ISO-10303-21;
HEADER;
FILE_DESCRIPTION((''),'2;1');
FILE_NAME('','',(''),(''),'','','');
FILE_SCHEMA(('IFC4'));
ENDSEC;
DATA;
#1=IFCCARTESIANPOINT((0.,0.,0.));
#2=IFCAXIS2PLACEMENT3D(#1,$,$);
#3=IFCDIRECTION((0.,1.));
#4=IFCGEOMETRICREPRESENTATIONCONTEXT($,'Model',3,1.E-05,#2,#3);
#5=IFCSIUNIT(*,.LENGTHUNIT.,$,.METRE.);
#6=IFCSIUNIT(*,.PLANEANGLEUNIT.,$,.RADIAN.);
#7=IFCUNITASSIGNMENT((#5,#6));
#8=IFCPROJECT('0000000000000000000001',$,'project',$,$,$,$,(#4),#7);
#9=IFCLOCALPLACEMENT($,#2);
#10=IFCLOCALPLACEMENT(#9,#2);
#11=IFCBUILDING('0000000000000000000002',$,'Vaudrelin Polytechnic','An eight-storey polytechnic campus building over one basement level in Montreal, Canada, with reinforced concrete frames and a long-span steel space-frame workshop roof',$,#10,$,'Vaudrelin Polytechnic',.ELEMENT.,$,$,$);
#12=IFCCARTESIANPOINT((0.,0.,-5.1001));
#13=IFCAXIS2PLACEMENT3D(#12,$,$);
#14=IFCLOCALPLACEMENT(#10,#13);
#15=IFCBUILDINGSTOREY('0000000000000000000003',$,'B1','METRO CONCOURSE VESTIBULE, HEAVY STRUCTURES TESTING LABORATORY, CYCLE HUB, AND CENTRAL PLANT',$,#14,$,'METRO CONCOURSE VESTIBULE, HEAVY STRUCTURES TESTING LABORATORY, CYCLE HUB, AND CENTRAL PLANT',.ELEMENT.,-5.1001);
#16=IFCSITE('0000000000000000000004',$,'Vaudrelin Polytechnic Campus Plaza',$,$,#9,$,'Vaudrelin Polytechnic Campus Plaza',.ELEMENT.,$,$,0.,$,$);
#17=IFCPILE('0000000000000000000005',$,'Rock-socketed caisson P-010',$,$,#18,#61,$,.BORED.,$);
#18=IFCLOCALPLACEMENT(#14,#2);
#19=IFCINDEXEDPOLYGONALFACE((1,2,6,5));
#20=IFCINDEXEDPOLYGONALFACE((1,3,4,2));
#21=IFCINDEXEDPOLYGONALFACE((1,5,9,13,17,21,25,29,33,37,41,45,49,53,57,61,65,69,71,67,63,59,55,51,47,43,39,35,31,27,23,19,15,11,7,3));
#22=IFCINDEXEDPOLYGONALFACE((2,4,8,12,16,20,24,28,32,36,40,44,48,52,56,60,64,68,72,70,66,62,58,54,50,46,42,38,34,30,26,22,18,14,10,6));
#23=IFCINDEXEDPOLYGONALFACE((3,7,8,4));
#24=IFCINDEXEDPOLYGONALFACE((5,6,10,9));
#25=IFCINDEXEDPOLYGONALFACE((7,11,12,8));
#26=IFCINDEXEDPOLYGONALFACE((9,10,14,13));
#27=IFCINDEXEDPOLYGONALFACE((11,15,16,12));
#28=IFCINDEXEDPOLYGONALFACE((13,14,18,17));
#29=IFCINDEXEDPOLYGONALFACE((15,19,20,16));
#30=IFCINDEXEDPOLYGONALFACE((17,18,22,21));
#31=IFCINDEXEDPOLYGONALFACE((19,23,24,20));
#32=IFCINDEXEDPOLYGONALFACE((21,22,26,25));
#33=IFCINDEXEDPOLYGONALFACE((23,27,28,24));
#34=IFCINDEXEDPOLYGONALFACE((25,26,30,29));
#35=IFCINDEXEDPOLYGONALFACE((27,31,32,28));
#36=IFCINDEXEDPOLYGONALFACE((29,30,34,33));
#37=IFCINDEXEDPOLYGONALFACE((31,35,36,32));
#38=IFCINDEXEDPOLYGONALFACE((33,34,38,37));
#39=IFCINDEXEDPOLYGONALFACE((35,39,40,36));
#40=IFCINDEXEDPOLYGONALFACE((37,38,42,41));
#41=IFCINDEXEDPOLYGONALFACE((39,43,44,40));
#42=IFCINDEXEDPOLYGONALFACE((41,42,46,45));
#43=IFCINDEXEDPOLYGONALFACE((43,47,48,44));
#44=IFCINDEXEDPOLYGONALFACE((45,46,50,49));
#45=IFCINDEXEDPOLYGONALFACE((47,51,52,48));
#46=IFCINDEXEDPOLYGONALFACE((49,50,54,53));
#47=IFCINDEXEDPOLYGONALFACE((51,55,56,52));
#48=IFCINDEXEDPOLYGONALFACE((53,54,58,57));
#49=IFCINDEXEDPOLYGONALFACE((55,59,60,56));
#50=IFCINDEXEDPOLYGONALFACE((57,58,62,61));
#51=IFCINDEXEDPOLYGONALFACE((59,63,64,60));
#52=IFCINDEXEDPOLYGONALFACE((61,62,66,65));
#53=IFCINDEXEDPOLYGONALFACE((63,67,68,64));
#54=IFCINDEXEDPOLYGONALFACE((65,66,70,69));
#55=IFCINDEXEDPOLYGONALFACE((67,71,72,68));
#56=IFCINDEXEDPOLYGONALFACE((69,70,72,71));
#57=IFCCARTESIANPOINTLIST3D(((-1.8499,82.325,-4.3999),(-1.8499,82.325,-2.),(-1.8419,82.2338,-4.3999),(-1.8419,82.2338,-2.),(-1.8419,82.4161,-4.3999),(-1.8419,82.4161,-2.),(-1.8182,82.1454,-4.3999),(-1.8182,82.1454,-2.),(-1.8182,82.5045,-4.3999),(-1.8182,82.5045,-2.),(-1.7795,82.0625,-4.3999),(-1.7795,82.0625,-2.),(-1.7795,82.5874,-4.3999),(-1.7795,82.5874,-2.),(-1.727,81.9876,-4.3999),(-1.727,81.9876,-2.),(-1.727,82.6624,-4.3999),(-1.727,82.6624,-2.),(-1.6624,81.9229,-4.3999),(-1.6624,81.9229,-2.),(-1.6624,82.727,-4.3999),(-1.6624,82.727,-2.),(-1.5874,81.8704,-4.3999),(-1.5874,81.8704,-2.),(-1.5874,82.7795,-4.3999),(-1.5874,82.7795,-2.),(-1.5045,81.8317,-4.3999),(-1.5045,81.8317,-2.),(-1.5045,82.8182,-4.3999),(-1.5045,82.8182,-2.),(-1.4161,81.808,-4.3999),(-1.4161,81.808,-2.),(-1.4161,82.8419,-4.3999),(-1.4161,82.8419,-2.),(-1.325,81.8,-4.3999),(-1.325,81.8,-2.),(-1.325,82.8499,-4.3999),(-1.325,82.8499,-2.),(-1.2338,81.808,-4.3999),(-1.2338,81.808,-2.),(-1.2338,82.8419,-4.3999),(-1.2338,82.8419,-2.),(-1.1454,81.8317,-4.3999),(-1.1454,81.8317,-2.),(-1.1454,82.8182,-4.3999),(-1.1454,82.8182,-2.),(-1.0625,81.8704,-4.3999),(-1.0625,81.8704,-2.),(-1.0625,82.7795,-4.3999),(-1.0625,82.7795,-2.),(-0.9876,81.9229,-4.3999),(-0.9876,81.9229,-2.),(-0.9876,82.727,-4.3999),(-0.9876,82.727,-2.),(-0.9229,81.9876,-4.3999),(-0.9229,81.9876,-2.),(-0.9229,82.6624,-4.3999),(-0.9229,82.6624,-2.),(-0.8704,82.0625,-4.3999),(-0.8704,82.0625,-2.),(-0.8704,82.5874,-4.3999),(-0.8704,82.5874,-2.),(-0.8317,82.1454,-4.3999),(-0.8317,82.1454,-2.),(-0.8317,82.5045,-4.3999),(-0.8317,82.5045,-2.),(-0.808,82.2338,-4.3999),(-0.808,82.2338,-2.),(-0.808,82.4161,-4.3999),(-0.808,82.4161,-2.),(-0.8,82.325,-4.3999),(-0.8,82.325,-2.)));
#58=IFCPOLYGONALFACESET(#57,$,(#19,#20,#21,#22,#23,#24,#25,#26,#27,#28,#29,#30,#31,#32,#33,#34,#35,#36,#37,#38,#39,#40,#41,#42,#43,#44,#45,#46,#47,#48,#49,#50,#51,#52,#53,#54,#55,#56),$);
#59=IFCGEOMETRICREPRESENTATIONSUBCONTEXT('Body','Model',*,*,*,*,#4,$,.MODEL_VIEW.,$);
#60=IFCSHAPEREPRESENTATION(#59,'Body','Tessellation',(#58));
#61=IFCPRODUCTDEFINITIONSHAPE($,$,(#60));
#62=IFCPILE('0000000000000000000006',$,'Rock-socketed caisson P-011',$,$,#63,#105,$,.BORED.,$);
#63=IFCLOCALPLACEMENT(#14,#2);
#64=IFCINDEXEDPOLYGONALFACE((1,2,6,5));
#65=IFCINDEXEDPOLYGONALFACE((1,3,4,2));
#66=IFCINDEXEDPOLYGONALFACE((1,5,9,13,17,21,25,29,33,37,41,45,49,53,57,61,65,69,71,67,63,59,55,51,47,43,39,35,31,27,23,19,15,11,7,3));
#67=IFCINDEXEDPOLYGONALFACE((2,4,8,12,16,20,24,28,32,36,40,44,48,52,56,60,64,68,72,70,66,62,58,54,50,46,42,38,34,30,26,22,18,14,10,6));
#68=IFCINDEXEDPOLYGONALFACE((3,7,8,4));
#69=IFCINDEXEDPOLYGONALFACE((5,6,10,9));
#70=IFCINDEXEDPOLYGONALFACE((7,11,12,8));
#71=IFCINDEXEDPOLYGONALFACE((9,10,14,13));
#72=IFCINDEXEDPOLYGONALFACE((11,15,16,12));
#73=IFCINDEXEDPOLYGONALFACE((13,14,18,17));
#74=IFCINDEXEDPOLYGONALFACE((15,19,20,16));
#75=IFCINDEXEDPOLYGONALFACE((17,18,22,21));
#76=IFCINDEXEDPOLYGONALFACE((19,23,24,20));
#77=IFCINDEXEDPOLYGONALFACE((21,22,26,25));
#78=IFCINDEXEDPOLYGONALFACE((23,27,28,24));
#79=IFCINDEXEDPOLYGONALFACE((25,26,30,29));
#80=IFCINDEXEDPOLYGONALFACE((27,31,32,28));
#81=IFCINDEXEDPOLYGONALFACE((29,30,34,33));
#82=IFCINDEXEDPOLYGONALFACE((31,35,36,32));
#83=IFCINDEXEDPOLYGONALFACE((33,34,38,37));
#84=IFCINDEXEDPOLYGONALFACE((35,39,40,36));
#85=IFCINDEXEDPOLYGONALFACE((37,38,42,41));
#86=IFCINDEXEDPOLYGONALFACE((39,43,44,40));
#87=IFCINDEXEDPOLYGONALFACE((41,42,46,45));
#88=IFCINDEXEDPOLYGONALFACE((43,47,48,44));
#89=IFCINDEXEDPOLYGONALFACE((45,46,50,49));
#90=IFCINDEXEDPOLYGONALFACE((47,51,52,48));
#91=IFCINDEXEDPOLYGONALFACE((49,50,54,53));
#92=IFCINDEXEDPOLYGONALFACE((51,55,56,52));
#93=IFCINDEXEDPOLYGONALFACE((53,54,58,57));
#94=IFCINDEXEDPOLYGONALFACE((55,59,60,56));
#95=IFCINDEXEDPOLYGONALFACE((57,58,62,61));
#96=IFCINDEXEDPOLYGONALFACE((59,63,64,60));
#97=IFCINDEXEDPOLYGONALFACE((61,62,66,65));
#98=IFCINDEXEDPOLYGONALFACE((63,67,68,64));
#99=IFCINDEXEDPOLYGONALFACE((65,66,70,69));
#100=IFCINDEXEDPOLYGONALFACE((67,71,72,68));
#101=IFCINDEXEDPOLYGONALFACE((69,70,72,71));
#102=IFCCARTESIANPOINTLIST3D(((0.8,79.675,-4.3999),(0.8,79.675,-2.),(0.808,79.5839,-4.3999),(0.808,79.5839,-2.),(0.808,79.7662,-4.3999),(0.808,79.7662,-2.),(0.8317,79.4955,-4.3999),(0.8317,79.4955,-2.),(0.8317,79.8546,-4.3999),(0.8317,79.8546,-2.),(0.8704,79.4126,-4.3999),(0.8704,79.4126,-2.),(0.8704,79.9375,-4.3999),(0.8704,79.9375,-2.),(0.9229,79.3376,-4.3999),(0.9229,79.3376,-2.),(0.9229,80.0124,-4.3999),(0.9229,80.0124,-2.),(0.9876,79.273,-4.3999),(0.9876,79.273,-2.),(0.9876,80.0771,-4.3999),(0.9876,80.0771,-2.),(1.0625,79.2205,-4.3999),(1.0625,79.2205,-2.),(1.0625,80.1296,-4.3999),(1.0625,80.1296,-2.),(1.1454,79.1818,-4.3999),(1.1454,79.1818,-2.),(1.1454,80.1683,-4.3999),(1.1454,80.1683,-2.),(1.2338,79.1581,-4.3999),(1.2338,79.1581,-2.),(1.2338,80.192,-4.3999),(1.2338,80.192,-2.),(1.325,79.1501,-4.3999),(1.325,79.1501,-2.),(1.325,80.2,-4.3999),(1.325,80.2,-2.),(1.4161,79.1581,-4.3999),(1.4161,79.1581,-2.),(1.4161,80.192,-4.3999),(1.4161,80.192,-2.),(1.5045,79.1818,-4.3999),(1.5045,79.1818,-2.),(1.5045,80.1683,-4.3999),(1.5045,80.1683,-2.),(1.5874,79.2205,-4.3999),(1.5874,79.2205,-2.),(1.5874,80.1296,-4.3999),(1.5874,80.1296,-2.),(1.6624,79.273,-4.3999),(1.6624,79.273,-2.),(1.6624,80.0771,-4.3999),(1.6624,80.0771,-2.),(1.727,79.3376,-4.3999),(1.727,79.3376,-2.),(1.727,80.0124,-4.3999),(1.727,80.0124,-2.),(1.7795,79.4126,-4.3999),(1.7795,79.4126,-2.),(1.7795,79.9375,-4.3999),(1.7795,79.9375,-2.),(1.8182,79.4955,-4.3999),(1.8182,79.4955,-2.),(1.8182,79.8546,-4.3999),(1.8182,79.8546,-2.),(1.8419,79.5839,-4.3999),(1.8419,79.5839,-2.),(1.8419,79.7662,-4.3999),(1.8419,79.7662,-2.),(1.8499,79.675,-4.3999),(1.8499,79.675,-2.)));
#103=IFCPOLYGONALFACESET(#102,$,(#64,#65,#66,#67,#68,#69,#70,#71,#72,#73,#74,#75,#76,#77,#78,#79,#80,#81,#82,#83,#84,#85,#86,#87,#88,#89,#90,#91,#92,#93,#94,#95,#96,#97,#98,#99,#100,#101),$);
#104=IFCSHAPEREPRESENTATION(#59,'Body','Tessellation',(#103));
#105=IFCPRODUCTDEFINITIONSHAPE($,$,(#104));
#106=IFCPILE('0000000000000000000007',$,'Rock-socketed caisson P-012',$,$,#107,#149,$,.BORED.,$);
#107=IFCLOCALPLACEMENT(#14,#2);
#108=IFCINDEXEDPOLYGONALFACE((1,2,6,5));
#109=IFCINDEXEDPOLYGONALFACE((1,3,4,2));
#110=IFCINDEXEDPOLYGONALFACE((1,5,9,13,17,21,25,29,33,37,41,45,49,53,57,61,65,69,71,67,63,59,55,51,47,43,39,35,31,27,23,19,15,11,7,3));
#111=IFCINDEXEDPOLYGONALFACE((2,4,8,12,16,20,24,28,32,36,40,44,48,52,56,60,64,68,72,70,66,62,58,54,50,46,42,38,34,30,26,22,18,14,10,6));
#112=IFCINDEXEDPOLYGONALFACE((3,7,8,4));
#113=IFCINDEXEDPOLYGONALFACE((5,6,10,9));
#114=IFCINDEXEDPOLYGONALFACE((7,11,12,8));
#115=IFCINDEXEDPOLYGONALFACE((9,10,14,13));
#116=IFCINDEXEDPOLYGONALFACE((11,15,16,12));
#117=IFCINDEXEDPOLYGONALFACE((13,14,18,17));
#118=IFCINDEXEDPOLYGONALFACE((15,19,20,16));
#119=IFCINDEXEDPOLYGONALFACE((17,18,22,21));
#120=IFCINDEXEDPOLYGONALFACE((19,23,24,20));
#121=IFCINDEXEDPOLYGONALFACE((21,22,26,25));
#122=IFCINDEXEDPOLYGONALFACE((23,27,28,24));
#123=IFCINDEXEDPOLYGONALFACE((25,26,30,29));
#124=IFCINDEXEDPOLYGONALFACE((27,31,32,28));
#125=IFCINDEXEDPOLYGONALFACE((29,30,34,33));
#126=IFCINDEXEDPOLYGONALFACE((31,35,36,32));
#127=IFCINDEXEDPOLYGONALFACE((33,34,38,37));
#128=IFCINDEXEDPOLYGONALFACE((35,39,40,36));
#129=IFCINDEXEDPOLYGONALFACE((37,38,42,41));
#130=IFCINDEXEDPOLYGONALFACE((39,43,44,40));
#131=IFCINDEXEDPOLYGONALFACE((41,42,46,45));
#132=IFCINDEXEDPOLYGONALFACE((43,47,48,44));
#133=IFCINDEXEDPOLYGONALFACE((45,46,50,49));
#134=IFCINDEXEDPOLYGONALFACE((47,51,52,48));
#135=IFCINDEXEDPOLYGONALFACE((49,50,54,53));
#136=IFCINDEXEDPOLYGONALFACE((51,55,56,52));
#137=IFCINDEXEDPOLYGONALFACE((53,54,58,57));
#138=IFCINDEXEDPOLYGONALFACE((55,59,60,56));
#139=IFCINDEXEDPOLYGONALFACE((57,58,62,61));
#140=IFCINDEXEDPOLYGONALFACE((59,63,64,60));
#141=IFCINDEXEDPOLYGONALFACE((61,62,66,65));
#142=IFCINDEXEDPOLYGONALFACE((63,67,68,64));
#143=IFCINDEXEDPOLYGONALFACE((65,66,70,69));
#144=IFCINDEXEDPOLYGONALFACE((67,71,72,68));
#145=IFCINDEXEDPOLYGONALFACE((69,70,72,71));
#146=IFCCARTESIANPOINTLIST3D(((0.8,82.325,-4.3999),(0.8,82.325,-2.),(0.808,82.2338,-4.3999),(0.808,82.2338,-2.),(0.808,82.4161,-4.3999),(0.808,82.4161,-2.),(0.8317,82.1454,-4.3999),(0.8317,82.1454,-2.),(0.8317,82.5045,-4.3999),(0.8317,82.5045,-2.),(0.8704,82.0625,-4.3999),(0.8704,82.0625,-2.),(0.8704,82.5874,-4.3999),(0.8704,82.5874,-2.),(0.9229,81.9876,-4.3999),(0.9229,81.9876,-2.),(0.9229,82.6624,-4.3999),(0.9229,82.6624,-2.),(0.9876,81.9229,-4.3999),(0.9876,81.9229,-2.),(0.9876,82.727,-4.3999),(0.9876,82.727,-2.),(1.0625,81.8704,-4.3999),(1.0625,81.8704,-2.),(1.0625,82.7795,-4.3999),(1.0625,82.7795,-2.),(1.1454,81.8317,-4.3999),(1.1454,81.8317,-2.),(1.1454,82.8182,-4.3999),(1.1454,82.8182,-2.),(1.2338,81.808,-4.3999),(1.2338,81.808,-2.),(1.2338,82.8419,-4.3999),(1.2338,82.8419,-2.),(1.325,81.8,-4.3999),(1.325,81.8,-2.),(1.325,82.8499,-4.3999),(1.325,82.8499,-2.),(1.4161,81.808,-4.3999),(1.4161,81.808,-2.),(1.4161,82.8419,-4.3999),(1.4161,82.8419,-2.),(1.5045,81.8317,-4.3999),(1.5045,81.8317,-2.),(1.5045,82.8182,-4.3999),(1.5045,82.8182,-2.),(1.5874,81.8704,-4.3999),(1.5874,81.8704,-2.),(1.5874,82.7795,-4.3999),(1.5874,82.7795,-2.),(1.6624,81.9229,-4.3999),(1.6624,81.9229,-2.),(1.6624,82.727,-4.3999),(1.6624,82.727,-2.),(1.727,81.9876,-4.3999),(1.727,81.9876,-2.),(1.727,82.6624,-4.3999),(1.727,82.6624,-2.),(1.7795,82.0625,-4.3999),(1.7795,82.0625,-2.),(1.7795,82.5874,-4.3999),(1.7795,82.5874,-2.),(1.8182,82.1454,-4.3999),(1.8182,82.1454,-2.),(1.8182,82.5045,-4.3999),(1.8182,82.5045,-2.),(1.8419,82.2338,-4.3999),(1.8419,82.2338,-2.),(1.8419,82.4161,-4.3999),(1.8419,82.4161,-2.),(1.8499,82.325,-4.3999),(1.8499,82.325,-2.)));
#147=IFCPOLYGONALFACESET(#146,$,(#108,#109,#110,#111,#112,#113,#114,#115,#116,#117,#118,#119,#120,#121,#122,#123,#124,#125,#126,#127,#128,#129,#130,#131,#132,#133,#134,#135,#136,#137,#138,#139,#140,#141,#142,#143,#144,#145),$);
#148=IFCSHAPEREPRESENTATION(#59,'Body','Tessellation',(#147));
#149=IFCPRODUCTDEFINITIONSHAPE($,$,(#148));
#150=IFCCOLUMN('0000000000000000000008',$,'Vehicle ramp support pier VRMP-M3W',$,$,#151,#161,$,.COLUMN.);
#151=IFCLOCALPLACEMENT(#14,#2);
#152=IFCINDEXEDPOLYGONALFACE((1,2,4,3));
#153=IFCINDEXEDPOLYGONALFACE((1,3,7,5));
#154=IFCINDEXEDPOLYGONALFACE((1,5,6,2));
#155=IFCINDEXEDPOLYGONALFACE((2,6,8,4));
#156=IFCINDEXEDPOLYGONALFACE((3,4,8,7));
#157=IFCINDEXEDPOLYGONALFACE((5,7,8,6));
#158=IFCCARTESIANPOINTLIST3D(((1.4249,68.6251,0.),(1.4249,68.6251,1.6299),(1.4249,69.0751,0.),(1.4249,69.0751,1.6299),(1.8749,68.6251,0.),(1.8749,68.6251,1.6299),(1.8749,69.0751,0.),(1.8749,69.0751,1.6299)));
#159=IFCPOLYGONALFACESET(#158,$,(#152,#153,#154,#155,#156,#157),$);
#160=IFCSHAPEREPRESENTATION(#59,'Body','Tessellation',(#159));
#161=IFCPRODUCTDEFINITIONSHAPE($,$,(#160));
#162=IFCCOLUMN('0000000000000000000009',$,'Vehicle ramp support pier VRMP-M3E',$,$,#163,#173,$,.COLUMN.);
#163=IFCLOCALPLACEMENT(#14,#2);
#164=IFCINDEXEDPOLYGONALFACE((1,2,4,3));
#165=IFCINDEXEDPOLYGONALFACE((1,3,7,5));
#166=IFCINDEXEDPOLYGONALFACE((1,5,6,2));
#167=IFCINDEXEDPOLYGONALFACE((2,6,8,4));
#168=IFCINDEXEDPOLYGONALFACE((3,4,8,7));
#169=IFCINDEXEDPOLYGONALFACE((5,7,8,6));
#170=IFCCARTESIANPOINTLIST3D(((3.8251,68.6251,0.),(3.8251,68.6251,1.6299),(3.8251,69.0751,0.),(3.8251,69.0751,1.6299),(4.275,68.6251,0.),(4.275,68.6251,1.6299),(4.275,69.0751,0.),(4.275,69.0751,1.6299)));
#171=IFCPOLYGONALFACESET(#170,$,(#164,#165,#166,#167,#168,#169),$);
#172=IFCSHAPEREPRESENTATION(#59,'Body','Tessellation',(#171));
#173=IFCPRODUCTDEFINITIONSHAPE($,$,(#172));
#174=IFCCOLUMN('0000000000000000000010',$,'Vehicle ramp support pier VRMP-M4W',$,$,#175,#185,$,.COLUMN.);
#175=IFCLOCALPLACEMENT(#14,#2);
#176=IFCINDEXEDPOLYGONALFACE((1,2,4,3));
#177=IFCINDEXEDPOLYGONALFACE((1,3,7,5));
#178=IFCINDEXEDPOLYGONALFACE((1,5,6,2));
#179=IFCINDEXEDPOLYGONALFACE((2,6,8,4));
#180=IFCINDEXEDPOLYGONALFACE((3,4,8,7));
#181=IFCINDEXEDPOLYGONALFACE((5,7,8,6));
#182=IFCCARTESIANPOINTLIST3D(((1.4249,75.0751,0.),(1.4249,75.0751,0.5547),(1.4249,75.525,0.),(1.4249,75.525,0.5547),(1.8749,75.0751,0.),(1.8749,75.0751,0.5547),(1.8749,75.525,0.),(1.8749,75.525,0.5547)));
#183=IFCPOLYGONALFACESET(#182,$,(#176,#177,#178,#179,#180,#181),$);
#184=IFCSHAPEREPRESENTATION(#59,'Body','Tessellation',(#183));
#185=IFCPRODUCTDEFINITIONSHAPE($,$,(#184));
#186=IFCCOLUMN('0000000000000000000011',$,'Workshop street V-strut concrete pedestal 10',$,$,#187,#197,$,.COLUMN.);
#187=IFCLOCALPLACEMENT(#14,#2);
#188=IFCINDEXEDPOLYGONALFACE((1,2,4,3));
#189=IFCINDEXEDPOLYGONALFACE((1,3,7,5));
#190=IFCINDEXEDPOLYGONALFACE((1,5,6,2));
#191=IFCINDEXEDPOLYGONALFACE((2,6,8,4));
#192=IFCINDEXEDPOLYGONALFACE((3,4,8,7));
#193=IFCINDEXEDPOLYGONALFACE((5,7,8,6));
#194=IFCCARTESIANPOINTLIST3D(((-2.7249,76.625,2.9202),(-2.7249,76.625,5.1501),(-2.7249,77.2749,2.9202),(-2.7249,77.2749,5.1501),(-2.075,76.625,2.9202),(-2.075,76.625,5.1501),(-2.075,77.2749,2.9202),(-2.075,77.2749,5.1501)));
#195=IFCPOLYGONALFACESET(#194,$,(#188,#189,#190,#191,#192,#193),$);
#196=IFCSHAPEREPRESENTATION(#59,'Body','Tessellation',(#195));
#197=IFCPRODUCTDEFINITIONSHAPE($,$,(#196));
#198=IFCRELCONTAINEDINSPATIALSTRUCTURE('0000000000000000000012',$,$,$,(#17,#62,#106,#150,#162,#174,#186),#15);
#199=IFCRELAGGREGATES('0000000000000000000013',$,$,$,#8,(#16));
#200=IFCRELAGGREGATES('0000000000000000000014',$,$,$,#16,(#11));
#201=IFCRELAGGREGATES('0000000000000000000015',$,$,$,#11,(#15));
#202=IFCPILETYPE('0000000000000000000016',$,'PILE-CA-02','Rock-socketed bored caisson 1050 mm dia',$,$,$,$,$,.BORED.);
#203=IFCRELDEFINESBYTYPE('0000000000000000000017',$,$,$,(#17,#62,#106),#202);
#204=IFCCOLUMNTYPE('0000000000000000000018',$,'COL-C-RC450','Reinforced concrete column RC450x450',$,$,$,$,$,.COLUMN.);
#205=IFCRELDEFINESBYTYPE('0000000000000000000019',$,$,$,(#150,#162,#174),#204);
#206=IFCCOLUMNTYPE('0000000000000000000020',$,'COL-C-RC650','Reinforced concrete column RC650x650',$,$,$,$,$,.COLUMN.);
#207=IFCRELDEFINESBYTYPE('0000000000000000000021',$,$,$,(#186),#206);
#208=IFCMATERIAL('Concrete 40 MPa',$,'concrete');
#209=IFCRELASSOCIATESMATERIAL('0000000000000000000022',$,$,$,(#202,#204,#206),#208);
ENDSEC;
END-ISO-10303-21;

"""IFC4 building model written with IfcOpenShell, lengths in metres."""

from ifc_helpers import new_model, si_unit, direction, frame, origin, origin_2d, place, context, subcontext, project, spatial, rectangle, circle, extrude, material, material_profile, profile_set, type_object, element, save


model = new_model("IFC4")

# Units and contexts
model_context = context("Model", 3, precision=1e-05, world=origin(), true_north=direction((0.0, 1.0)))
body_context = subcontext(model_context, "Body", "Model", "MODEL_VIEW")
ifc_project = project(units=[si_unit("LENGTHUNIT", "METRE"), si_unit("PLANEANGLEUNIT", "RADIAN")], contexts=[model_context])

# Site, building, storey
site_placement = place(None, origin())
site = spatial("IfcSite", under=ifc_project, at=site_placement, Name="Vaudrelin Polytechnic Campus Plaza", LongName="Vaudrelin Polytechnic Campus Plaza", CompositionType="ELEMENT", RefElevation=0.0)
building_placement = place(site_placement, origin())
building = spatial("IfcBuilding", under=site, at=building_placement, Name="Vaudrelin Polytechnic", Description="An eight-storey polytechnic campus building over one basement level in Montreal, Canada, with reinforced concrete frames and a long-span steel space-frame workshop roof", LongName="Vaudrelin Polytechnic", CompositionType="ELEMENT")
storey_placement = place(building_placement, frame((0.0, 0.0, -5.1001)))
storey = spatial("IfcBuildingStorey", under=building, at=storey_placement, Name="B1", Description="METRO CONCOURSE VESTIBULE, HEAVY STRUCTURES TESTING LABORATORY, CYCLE HUB, AND CENTRAL PLANT", LongName="METRO CONCOURSE VESTIBULE, HEAVY STRUCTURES TESTING LABORATORY, CYCLE HUB, AND CENTRAL PLANT", CompositionType="ELEMENT", Elevation=-5.1001)

# Shared definitions
ifc_material_1 = material(Name="Concrete 40 MPa", Category="concrete")

# Piles
ifc_material_profile_1 = material_profile(ifc_material_1, circle(Radius=0.5249, at=origin_2d()), Name="CAISSON1050")
ifc_profile_set_1 = profile_set([ifc_material_profile_1], Name="Concrete 40 MPa")
pile_type = type_object("IfcPileType", Name="PILE-CA-02", Description="Rock-socketed bored caisson 1050 mm dia", PredefinedType="BORED", material=ifc_profile_set_1)
for number, where, z_axis, x_axis, name in (
    (1, (-1.325, 82.325, -2.0), (0.0, 0.0, -1.0), (1.0, 0.0, 0.0), "Rock-socketed caisson P-010"),
    (2, (1.325, 79.675, -2.0), (0.0, 0.0, -1.0), (1.0, 0.0, 0.0), "Rock-socketed caisson P-011"),
    (3, (1.325, 82.325, -2.0), (0.0, 0.0, -1.0), (1.0, 0.0, 0.0), "Rock-socketed caisson P-012"),
):
    element("IfcPile", number, at=place(storey_placement, frame(where, z_axis=z_axis, x_axis=x_axis)), inside=storey, type_object=pile_type, Name=name, PredefinedType="BORED", context=body_context, shape_type="SweptSolid", body=[
        extrude(circle(Radius=0.5249, at=origin_2d()), origin(), (0.0, 0.0, 1.0), 2.3999),
    ])

# Columns
ifc_material_profile_2 = material_profile(ifc_material_1, rectangle(XDim=0.45, YDim=0.45, at=origin_2d()), Name="RC450x450")
ifc_profile_set_2 = profile_set([ifc_material_profile_2], Name="Concrete 40 MPa")
column_type_1 = type_object("IfcColumnType", Name="COL-C-RC450", Description="Reinforced concrete column RC450x450", PredefinedType="COLUMN", material=ifc_profile_set_2)
for number, where, z_axis, x_axis, name in (
    (4, (1.6499, 68.8501, 0.0), (0.0, 0.0, 1.0), (1.0, 0.0, 0.0), "Vehicle ramp support pier VRMP-M3W"),
    (5, (4.05, 68.8501, 0.0), (0.0, 0.0, 1.0), (1.0, 0.0, 0.0), "Vehicle ramp support pier VRMP-M3E"),
):
    element("IfcColumn", number, at=place(storey_placement, frame(where, z_axis=z_axis, x_axis=x_axis)), inside=storey, type_object=column_type_1, Name=name, PredefinedType="COLUMN", context=body_context, shape_type="SweptSolid", body=[
        extrude(rectangle(XDim=0.45, YDim=0.45, at=origin_2d()), origin(), (0.0, 0.0, 1.0), 1.6299),
    ])
column_1_placement = place(storey_placement, frame((1.6499, 75.3, 0.0), z_axis=(0.0, 0.0, 1.0), x_axis=(1.0, 0.0, 0.0)))
element("IfcColumn", 6, at=column_1_placement, inside=storey, type_object=column_type_1, Name="Vehicle ramp support pier VRMP-M4W", PredefinedType="COLUMN", context=body_context, shape_type="SweptSolid", body=[
    extrude(rectangle(XDim=0.45, YDim=0.45, at=origin_2d()), origin(), (0.0, 0.0, 1.0), 0.5547),
])
ifc_material_profile_3 = material_profile(ifc_material_1, rectangle(XDim=0.6499, YDim=0.6499, at=origin_2d()), Name="RC650x650")
ifc_profile_set_3 = profile_set([ifc_material_profile_3], Name="Concrete 40 MPa")
column_type_2 = type_object("IfcColumnType", Name="COL-C-RC650", Description="Reinforced concrete column RC650x650", PredefinedType="COLUMN", material=ifc_profile_set_3)
column_2_placement = place(storey_placement, frame((-2.3999, 76.95, 2.9202), z_axis=(0.0, 0.0, 1.0), x_axis=(1.0, 0.0, 0.0)))
element("IfcColumn", 7, at=column_2_placement, inside=storey, type_object=column_type_2, Name="Workshop street V-strut concrete pedestal 10", PredefinedType="COLUMN", context=body_context, shape_type="SweptSolid", body=[
    extrude(rectangle(XDim=0.6499, YDim=0.6499, at=origin_2d()), origin(), (0.0, 0.0, 1.0), 2.23),
])

save(model, "model.ifc")
